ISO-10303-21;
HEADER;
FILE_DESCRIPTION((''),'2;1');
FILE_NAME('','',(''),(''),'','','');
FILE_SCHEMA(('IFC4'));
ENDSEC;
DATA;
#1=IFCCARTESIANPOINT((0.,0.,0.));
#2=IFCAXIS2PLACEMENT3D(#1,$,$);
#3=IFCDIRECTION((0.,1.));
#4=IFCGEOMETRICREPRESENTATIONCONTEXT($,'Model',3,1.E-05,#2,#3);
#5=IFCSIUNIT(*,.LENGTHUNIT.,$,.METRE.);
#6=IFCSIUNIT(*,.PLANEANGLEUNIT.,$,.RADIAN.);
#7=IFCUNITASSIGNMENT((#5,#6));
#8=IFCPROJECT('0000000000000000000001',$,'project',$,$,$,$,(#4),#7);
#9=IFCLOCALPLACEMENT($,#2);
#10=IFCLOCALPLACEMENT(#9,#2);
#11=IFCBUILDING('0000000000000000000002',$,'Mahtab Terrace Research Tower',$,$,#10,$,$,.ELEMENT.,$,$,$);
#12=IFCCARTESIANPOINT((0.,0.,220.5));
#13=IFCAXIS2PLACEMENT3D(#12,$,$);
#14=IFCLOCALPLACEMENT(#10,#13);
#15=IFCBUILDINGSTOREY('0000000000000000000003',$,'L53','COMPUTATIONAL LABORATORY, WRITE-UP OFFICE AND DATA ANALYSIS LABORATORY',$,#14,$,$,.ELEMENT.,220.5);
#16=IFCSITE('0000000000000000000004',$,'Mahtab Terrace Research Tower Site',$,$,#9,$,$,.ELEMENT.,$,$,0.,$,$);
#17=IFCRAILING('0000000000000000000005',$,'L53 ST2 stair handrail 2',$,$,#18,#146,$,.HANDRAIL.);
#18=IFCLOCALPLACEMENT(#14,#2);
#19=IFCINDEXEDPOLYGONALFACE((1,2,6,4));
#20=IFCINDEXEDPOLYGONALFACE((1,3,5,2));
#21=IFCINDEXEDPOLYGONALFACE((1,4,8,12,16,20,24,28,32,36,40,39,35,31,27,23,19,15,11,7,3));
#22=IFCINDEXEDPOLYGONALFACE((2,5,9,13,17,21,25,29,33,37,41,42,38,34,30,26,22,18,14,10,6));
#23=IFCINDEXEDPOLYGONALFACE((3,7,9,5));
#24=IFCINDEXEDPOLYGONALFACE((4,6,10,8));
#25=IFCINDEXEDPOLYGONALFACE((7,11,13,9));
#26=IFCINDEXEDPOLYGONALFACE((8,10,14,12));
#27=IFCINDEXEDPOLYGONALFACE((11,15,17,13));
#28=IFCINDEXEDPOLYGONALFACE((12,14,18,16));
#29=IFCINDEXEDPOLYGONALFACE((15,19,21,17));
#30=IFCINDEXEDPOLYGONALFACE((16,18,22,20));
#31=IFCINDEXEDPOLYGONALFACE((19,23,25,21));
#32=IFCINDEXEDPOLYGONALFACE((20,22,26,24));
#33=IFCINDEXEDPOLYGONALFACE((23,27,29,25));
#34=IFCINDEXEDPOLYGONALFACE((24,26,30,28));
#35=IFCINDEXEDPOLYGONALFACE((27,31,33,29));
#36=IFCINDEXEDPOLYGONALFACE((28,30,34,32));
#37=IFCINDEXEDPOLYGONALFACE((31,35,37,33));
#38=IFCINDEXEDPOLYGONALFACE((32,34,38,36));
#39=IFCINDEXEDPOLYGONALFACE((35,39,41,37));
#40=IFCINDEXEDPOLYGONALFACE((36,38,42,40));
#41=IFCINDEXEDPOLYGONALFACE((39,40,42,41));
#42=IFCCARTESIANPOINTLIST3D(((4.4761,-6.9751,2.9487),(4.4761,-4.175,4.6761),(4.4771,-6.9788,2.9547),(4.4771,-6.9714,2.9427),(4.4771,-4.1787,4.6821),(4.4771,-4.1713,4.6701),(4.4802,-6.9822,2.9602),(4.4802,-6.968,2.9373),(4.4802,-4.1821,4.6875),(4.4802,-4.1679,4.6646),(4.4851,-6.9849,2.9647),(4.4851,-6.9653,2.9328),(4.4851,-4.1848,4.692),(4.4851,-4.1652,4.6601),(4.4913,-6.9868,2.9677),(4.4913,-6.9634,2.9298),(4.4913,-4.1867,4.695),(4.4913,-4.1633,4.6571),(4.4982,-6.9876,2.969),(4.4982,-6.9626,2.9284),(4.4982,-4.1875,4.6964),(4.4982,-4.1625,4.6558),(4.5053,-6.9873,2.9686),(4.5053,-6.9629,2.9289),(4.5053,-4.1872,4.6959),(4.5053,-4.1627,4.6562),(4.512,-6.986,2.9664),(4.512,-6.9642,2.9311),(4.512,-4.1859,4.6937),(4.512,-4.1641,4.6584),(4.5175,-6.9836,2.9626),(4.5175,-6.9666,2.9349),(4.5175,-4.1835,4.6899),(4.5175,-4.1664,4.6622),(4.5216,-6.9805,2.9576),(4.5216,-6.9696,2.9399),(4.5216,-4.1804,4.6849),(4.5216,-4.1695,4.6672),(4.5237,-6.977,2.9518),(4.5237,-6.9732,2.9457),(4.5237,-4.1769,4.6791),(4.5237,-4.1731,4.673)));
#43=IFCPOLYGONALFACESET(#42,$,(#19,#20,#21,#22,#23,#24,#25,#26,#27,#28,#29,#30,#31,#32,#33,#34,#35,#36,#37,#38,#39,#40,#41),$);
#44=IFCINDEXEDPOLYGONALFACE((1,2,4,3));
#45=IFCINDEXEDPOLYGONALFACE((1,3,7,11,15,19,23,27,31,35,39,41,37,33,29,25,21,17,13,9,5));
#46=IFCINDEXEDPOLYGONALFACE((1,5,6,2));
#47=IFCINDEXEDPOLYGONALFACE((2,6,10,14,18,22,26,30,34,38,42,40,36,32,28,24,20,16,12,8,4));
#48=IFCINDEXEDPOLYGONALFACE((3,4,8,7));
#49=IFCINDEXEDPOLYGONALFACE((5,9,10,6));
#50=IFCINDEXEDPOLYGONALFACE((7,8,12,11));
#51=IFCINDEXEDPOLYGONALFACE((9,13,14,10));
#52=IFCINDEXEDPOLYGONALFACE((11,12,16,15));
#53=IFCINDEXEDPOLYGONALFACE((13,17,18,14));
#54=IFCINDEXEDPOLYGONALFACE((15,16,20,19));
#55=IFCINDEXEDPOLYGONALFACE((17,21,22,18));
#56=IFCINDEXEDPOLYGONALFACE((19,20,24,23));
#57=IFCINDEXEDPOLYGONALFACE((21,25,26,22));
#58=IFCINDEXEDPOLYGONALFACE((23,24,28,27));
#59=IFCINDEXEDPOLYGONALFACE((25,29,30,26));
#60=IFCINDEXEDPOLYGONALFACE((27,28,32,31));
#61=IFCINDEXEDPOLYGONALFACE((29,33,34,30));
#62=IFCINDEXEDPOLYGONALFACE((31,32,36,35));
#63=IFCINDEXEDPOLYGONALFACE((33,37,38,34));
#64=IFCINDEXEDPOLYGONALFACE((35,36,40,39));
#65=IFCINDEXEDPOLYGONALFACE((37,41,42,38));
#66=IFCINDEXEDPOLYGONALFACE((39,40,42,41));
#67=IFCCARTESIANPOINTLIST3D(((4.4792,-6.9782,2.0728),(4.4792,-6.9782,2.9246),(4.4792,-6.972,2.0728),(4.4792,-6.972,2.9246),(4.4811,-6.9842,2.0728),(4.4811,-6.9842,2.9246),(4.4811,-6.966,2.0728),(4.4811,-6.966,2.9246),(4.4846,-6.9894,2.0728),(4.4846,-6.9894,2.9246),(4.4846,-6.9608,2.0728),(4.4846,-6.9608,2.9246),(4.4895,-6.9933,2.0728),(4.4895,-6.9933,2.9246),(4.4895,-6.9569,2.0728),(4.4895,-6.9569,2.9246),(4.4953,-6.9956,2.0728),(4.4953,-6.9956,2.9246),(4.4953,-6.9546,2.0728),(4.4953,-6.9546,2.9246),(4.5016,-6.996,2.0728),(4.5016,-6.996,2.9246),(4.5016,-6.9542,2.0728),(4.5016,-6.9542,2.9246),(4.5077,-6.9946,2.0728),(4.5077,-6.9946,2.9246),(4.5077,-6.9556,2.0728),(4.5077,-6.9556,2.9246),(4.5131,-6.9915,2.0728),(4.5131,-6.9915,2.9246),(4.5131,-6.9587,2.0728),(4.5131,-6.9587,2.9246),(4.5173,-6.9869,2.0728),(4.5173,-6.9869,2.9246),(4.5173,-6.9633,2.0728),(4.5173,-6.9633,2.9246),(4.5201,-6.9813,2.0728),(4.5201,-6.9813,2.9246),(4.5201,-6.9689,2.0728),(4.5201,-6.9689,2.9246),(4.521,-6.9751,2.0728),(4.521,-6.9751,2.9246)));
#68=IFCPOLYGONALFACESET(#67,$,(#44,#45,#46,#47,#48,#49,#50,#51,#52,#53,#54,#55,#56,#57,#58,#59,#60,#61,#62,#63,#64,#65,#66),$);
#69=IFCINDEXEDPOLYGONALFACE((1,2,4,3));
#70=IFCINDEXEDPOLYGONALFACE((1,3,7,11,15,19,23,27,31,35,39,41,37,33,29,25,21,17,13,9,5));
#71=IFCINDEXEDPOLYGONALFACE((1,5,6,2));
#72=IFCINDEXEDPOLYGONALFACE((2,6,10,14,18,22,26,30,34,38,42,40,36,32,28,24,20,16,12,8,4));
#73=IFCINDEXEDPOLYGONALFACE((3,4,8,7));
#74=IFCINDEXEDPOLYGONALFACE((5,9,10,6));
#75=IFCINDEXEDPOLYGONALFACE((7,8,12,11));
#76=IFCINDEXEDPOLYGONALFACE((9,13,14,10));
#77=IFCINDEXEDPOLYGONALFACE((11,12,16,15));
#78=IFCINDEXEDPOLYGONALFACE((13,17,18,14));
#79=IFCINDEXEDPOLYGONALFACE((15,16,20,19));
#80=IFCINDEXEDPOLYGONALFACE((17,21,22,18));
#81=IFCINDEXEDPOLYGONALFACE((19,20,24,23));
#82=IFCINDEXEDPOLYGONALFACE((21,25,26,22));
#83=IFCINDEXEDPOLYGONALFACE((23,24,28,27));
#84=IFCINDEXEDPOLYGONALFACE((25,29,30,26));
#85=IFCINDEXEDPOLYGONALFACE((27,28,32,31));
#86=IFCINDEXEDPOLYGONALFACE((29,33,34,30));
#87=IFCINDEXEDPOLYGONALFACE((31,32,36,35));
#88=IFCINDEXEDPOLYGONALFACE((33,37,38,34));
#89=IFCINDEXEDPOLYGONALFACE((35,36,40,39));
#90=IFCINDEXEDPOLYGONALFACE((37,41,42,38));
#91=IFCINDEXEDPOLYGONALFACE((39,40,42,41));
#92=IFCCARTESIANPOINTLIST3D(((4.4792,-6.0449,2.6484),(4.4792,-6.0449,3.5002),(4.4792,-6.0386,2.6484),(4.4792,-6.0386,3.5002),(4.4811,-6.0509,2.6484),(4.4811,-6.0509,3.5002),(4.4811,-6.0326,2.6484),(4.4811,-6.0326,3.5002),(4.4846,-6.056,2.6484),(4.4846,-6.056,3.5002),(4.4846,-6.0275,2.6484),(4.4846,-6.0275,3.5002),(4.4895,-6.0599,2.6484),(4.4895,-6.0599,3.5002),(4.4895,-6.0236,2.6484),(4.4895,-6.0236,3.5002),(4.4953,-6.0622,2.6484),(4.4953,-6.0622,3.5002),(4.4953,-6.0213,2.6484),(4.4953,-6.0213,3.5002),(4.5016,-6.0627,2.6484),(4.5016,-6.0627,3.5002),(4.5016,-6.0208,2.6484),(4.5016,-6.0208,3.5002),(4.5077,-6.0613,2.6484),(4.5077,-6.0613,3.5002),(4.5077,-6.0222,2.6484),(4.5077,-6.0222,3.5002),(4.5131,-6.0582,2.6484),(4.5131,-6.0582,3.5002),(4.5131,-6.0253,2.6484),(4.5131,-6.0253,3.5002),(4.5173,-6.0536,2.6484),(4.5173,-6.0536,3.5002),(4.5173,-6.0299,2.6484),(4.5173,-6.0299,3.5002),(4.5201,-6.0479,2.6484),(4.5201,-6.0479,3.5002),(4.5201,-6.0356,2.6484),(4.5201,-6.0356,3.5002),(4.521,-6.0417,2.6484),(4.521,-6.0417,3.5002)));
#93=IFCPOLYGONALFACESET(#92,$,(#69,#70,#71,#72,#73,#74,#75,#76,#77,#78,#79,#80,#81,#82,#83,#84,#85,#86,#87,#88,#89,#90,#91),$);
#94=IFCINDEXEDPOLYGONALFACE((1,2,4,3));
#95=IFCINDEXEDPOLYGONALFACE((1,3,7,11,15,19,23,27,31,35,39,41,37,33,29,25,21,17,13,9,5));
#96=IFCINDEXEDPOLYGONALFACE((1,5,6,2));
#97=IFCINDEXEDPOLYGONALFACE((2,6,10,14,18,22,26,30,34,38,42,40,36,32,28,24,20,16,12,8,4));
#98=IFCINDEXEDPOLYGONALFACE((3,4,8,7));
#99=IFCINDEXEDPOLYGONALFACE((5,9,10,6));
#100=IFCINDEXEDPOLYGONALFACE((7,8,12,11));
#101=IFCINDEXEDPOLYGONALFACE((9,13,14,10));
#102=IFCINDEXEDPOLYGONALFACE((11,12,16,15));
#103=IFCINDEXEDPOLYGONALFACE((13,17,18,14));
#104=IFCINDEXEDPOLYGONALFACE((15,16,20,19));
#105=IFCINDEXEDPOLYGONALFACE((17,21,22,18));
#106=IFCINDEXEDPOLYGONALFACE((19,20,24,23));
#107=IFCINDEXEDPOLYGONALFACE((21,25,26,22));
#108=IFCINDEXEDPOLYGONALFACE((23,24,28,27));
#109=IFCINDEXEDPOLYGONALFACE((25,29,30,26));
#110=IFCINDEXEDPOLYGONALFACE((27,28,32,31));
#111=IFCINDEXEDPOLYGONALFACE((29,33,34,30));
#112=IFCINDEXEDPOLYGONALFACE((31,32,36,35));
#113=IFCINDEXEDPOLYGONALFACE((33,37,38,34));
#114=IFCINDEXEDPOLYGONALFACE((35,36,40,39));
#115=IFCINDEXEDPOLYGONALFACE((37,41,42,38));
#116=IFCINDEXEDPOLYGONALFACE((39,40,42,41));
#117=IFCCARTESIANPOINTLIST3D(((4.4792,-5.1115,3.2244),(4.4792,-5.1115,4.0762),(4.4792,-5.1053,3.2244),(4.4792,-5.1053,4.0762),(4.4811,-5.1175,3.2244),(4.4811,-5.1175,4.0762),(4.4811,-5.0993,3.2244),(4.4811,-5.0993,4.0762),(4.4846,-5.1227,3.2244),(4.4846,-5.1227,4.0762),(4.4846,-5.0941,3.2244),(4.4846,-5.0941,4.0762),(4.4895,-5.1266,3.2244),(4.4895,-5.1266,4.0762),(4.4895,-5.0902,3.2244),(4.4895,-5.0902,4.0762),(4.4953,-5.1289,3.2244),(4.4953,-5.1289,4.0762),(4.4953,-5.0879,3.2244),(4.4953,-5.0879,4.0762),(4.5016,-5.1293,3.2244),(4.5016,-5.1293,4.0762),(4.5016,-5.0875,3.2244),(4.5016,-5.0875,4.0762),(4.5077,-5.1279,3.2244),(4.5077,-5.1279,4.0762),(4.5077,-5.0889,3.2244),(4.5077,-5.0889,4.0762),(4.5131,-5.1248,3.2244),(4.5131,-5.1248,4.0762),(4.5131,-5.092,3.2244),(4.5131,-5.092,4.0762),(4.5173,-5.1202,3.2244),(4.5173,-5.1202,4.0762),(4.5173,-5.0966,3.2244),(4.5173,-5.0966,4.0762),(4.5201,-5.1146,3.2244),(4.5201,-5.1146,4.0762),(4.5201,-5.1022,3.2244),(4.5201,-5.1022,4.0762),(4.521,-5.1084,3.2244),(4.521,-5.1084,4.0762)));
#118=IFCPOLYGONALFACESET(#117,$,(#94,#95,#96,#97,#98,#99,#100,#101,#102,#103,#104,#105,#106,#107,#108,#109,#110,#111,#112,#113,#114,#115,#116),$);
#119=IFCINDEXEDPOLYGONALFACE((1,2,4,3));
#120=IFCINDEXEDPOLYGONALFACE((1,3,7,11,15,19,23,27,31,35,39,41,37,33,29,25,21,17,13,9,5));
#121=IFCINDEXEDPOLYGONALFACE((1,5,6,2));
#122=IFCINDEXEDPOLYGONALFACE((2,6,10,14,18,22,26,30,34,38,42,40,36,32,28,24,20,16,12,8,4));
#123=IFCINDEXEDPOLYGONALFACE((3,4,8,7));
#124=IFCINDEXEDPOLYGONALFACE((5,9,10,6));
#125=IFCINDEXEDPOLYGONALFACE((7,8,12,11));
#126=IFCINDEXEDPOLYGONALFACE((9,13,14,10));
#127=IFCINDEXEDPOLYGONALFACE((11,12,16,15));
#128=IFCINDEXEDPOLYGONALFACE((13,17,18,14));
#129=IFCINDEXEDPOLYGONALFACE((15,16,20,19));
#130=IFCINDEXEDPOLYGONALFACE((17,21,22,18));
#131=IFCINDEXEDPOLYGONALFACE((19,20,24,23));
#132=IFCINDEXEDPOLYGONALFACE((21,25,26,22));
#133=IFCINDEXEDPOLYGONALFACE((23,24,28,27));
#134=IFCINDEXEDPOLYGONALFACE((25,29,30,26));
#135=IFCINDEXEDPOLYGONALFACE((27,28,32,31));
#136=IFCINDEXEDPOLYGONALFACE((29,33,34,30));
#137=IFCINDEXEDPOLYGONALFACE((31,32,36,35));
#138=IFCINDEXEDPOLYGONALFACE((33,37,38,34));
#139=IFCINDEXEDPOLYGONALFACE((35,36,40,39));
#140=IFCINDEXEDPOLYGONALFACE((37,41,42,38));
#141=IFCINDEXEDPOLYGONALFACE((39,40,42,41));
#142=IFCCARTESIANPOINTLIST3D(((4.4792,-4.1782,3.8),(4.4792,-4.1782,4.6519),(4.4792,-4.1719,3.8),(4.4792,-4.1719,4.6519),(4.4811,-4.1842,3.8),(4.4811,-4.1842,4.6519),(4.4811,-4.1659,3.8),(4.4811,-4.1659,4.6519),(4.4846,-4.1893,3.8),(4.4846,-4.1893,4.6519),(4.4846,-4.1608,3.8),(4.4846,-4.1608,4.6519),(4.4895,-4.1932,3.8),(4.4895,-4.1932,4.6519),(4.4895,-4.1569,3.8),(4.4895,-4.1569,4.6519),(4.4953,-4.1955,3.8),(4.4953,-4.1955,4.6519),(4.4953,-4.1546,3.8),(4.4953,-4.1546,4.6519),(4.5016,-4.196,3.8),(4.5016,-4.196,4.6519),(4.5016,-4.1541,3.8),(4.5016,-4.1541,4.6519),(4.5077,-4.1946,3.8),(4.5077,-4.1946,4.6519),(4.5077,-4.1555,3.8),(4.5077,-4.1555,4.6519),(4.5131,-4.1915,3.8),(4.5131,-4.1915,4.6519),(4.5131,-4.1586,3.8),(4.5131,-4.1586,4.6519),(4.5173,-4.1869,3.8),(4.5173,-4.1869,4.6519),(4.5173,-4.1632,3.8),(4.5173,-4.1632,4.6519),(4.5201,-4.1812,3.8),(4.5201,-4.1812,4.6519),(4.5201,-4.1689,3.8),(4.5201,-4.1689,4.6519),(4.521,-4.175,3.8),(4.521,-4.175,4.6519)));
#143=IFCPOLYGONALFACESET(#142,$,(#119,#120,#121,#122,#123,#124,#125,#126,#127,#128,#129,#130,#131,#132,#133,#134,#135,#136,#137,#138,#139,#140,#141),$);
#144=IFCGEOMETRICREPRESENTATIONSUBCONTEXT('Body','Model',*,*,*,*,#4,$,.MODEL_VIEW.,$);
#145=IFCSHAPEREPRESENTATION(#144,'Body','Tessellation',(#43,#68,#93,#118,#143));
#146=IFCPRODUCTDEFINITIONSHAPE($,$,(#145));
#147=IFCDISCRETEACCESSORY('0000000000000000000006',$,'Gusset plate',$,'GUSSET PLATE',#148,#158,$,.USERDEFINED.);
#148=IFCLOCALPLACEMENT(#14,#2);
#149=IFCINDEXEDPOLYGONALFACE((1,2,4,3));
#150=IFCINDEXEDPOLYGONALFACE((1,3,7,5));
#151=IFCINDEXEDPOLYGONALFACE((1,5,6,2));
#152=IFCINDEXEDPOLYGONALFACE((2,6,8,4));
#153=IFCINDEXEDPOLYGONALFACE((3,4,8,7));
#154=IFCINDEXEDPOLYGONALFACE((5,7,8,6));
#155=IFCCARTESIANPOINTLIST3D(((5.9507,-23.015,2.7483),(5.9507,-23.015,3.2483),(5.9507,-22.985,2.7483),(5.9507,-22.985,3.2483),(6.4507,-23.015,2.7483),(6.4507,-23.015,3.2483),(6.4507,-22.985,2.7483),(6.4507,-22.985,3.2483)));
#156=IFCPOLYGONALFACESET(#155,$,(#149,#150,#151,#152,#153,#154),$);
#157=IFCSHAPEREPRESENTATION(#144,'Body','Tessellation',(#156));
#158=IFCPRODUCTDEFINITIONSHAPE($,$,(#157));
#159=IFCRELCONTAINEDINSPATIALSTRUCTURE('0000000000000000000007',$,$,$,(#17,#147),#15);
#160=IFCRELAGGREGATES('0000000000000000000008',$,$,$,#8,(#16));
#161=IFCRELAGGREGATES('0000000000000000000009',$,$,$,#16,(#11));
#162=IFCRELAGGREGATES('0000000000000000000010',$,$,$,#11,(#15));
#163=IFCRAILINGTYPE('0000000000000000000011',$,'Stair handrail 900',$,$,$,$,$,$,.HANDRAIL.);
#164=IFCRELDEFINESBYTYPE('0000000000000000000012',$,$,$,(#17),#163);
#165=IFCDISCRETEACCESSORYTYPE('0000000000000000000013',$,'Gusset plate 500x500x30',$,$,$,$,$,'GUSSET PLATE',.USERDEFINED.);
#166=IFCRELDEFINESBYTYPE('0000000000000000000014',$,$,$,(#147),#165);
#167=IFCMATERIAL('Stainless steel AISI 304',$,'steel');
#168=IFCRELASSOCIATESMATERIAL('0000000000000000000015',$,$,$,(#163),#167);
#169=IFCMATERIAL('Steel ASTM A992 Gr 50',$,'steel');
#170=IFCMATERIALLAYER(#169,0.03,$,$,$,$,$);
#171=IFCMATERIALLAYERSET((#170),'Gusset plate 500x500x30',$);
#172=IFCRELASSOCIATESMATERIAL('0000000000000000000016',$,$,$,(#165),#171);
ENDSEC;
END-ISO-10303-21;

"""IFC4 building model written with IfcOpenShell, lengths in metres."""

from ifc_helpers import new_model, si_unit, direction, frame, origin, origin_2d, place, context, subcontext, project, spatial, rectangle, circle, extrude, material, layer, layer_set, type_object, element, save


model = new_model("IFC4")

# Units and contexts
model_context = context("Model", 3, precision=1e-05, world=origin(), true_north=direction((0.0, 1.0)))
body_context = subcontext(model_context, "Body", "Model", "MODEL_VIEW")
ifc_project = project(units=[si_unit("LENGTHUNIT", "METRE"), si_unit("PLANEANGLEUNIT", "RADIAN")], contexts=[model_context])

# Site, building, storey
site_placement = place(None, origin())
site = spatial("IfcSite", under=ifc_project, at=site_placement, Name="Mahtab Terrace Research Tower Site", CompositionType="ELEMENT", RefElevation=0.0)
building_placement = place(site_placement, origin())
building = spatial("IfcBuilding", under=site, at=building_placement, Name="Mahtab Terrace Research Tower", CompositionType="ELEMENT")
storey_placement = place(building_placement, frame((0.0, 0.0, 220.5)))
storey = spatial("IfcBuildingStorey", under=building, at=storey_placement, Name="L53", Description="COMPUTATIONAL LABORATORY, WRITE-UP OFFICE AND DATA ANALYSIS LABORATORY", CompositionType="ELEMENT", Elevation=220.5)

# Shared definitions
ifc_material_1 = material(Name="Steel ASTM A992 Gr 50", Category="steel")

# Railing
ifc_material_2 = material(Name="Stainless steel AISI 304", Category="steel")
railing_type_1 = type_object("IfcRailingType", Name="Stair handrail 900", PredefinedType="HANDRAIL", material=ifc_material_2)
railing_1_placement = place(storey_placement, frame((4.5, -6.9751, 2.0728)))
element("IfcRailing", 1, at=railing_1_placement, inside=storey, type_object=railing_type_1, Name="L53 ST2 stair handrail 2", PredefinedType="HANDRAIL", context=body_context, shape_type="SweptSolid", body=[
    extrude(circle(Radius=0.0239, at=origin_2d()), frame((0.0, 0.0, 0.876), z_axis=(0.0, 0.85109, 0.52502), x_axis=(-1.0, 0.0, 0.0)), (0.0, 0.0, 1.0), 3.29),
    extrude(circle(Radius=0.021, at=origin_2d()), origin(), (0.0, 0.0, 1.0), 0.8518),
    extrude(circle(Radius=0.021, at=origin_2d()), frame((0.0, 0.9333, 0.5757)), (0.0, 0.0, 1.0), 0.8518),
    extrude(circle(Radius=0.021, at=origin_2d()), frame((0.0, 1.8667, 1.1516)), (0.0, 0.0, 1.0), 0.8518),
    extrude(circle(Radius=0.021, at=origin_2d()), frame((0.0, 2.8, 1.7273)), (0.0, 0.0, 1.0), 0.8518),
])

# Discrete accessory
ifc_layer_1 = layer(ifc_material_1, 0.03)
ifc_layer_set_1 = layer_set([ifc_layer_1], Name="Gusset plate 500x500x30")
discrete_accessory_type = type_object("IfcDiscreteAccessoryType", Name="Gusset plate 500x500x30", ElementType="GUSSET PLATE", PredefinedType="USERDEFINED", material=ifc_layer_set_1)
discrete_accessory_placement = place(storey_placement, frame((6.2007, -23.0, 2.7483), z_axis=(0.0, 0.0, 1.0), x_axis=(1.0, 0.0, 0.0)))
element("IfcDiscreteAccessory", 2, at=discrete_accessory_placement, inside=storey, type_object=discrete_accessory_type, Name="Gusset plate", ObjectType="GUSSET PLATE", PredefinedType="USERDEFINED", context=body_context, shape_type="SweptSolid", body=[
    extrude(rectangle(XDim=0.5, YDim=0.03, at=origin_2d()), origin(), (0.0, 0.0, 1.0), 0.5),
])

save(model, "model.ifc")
